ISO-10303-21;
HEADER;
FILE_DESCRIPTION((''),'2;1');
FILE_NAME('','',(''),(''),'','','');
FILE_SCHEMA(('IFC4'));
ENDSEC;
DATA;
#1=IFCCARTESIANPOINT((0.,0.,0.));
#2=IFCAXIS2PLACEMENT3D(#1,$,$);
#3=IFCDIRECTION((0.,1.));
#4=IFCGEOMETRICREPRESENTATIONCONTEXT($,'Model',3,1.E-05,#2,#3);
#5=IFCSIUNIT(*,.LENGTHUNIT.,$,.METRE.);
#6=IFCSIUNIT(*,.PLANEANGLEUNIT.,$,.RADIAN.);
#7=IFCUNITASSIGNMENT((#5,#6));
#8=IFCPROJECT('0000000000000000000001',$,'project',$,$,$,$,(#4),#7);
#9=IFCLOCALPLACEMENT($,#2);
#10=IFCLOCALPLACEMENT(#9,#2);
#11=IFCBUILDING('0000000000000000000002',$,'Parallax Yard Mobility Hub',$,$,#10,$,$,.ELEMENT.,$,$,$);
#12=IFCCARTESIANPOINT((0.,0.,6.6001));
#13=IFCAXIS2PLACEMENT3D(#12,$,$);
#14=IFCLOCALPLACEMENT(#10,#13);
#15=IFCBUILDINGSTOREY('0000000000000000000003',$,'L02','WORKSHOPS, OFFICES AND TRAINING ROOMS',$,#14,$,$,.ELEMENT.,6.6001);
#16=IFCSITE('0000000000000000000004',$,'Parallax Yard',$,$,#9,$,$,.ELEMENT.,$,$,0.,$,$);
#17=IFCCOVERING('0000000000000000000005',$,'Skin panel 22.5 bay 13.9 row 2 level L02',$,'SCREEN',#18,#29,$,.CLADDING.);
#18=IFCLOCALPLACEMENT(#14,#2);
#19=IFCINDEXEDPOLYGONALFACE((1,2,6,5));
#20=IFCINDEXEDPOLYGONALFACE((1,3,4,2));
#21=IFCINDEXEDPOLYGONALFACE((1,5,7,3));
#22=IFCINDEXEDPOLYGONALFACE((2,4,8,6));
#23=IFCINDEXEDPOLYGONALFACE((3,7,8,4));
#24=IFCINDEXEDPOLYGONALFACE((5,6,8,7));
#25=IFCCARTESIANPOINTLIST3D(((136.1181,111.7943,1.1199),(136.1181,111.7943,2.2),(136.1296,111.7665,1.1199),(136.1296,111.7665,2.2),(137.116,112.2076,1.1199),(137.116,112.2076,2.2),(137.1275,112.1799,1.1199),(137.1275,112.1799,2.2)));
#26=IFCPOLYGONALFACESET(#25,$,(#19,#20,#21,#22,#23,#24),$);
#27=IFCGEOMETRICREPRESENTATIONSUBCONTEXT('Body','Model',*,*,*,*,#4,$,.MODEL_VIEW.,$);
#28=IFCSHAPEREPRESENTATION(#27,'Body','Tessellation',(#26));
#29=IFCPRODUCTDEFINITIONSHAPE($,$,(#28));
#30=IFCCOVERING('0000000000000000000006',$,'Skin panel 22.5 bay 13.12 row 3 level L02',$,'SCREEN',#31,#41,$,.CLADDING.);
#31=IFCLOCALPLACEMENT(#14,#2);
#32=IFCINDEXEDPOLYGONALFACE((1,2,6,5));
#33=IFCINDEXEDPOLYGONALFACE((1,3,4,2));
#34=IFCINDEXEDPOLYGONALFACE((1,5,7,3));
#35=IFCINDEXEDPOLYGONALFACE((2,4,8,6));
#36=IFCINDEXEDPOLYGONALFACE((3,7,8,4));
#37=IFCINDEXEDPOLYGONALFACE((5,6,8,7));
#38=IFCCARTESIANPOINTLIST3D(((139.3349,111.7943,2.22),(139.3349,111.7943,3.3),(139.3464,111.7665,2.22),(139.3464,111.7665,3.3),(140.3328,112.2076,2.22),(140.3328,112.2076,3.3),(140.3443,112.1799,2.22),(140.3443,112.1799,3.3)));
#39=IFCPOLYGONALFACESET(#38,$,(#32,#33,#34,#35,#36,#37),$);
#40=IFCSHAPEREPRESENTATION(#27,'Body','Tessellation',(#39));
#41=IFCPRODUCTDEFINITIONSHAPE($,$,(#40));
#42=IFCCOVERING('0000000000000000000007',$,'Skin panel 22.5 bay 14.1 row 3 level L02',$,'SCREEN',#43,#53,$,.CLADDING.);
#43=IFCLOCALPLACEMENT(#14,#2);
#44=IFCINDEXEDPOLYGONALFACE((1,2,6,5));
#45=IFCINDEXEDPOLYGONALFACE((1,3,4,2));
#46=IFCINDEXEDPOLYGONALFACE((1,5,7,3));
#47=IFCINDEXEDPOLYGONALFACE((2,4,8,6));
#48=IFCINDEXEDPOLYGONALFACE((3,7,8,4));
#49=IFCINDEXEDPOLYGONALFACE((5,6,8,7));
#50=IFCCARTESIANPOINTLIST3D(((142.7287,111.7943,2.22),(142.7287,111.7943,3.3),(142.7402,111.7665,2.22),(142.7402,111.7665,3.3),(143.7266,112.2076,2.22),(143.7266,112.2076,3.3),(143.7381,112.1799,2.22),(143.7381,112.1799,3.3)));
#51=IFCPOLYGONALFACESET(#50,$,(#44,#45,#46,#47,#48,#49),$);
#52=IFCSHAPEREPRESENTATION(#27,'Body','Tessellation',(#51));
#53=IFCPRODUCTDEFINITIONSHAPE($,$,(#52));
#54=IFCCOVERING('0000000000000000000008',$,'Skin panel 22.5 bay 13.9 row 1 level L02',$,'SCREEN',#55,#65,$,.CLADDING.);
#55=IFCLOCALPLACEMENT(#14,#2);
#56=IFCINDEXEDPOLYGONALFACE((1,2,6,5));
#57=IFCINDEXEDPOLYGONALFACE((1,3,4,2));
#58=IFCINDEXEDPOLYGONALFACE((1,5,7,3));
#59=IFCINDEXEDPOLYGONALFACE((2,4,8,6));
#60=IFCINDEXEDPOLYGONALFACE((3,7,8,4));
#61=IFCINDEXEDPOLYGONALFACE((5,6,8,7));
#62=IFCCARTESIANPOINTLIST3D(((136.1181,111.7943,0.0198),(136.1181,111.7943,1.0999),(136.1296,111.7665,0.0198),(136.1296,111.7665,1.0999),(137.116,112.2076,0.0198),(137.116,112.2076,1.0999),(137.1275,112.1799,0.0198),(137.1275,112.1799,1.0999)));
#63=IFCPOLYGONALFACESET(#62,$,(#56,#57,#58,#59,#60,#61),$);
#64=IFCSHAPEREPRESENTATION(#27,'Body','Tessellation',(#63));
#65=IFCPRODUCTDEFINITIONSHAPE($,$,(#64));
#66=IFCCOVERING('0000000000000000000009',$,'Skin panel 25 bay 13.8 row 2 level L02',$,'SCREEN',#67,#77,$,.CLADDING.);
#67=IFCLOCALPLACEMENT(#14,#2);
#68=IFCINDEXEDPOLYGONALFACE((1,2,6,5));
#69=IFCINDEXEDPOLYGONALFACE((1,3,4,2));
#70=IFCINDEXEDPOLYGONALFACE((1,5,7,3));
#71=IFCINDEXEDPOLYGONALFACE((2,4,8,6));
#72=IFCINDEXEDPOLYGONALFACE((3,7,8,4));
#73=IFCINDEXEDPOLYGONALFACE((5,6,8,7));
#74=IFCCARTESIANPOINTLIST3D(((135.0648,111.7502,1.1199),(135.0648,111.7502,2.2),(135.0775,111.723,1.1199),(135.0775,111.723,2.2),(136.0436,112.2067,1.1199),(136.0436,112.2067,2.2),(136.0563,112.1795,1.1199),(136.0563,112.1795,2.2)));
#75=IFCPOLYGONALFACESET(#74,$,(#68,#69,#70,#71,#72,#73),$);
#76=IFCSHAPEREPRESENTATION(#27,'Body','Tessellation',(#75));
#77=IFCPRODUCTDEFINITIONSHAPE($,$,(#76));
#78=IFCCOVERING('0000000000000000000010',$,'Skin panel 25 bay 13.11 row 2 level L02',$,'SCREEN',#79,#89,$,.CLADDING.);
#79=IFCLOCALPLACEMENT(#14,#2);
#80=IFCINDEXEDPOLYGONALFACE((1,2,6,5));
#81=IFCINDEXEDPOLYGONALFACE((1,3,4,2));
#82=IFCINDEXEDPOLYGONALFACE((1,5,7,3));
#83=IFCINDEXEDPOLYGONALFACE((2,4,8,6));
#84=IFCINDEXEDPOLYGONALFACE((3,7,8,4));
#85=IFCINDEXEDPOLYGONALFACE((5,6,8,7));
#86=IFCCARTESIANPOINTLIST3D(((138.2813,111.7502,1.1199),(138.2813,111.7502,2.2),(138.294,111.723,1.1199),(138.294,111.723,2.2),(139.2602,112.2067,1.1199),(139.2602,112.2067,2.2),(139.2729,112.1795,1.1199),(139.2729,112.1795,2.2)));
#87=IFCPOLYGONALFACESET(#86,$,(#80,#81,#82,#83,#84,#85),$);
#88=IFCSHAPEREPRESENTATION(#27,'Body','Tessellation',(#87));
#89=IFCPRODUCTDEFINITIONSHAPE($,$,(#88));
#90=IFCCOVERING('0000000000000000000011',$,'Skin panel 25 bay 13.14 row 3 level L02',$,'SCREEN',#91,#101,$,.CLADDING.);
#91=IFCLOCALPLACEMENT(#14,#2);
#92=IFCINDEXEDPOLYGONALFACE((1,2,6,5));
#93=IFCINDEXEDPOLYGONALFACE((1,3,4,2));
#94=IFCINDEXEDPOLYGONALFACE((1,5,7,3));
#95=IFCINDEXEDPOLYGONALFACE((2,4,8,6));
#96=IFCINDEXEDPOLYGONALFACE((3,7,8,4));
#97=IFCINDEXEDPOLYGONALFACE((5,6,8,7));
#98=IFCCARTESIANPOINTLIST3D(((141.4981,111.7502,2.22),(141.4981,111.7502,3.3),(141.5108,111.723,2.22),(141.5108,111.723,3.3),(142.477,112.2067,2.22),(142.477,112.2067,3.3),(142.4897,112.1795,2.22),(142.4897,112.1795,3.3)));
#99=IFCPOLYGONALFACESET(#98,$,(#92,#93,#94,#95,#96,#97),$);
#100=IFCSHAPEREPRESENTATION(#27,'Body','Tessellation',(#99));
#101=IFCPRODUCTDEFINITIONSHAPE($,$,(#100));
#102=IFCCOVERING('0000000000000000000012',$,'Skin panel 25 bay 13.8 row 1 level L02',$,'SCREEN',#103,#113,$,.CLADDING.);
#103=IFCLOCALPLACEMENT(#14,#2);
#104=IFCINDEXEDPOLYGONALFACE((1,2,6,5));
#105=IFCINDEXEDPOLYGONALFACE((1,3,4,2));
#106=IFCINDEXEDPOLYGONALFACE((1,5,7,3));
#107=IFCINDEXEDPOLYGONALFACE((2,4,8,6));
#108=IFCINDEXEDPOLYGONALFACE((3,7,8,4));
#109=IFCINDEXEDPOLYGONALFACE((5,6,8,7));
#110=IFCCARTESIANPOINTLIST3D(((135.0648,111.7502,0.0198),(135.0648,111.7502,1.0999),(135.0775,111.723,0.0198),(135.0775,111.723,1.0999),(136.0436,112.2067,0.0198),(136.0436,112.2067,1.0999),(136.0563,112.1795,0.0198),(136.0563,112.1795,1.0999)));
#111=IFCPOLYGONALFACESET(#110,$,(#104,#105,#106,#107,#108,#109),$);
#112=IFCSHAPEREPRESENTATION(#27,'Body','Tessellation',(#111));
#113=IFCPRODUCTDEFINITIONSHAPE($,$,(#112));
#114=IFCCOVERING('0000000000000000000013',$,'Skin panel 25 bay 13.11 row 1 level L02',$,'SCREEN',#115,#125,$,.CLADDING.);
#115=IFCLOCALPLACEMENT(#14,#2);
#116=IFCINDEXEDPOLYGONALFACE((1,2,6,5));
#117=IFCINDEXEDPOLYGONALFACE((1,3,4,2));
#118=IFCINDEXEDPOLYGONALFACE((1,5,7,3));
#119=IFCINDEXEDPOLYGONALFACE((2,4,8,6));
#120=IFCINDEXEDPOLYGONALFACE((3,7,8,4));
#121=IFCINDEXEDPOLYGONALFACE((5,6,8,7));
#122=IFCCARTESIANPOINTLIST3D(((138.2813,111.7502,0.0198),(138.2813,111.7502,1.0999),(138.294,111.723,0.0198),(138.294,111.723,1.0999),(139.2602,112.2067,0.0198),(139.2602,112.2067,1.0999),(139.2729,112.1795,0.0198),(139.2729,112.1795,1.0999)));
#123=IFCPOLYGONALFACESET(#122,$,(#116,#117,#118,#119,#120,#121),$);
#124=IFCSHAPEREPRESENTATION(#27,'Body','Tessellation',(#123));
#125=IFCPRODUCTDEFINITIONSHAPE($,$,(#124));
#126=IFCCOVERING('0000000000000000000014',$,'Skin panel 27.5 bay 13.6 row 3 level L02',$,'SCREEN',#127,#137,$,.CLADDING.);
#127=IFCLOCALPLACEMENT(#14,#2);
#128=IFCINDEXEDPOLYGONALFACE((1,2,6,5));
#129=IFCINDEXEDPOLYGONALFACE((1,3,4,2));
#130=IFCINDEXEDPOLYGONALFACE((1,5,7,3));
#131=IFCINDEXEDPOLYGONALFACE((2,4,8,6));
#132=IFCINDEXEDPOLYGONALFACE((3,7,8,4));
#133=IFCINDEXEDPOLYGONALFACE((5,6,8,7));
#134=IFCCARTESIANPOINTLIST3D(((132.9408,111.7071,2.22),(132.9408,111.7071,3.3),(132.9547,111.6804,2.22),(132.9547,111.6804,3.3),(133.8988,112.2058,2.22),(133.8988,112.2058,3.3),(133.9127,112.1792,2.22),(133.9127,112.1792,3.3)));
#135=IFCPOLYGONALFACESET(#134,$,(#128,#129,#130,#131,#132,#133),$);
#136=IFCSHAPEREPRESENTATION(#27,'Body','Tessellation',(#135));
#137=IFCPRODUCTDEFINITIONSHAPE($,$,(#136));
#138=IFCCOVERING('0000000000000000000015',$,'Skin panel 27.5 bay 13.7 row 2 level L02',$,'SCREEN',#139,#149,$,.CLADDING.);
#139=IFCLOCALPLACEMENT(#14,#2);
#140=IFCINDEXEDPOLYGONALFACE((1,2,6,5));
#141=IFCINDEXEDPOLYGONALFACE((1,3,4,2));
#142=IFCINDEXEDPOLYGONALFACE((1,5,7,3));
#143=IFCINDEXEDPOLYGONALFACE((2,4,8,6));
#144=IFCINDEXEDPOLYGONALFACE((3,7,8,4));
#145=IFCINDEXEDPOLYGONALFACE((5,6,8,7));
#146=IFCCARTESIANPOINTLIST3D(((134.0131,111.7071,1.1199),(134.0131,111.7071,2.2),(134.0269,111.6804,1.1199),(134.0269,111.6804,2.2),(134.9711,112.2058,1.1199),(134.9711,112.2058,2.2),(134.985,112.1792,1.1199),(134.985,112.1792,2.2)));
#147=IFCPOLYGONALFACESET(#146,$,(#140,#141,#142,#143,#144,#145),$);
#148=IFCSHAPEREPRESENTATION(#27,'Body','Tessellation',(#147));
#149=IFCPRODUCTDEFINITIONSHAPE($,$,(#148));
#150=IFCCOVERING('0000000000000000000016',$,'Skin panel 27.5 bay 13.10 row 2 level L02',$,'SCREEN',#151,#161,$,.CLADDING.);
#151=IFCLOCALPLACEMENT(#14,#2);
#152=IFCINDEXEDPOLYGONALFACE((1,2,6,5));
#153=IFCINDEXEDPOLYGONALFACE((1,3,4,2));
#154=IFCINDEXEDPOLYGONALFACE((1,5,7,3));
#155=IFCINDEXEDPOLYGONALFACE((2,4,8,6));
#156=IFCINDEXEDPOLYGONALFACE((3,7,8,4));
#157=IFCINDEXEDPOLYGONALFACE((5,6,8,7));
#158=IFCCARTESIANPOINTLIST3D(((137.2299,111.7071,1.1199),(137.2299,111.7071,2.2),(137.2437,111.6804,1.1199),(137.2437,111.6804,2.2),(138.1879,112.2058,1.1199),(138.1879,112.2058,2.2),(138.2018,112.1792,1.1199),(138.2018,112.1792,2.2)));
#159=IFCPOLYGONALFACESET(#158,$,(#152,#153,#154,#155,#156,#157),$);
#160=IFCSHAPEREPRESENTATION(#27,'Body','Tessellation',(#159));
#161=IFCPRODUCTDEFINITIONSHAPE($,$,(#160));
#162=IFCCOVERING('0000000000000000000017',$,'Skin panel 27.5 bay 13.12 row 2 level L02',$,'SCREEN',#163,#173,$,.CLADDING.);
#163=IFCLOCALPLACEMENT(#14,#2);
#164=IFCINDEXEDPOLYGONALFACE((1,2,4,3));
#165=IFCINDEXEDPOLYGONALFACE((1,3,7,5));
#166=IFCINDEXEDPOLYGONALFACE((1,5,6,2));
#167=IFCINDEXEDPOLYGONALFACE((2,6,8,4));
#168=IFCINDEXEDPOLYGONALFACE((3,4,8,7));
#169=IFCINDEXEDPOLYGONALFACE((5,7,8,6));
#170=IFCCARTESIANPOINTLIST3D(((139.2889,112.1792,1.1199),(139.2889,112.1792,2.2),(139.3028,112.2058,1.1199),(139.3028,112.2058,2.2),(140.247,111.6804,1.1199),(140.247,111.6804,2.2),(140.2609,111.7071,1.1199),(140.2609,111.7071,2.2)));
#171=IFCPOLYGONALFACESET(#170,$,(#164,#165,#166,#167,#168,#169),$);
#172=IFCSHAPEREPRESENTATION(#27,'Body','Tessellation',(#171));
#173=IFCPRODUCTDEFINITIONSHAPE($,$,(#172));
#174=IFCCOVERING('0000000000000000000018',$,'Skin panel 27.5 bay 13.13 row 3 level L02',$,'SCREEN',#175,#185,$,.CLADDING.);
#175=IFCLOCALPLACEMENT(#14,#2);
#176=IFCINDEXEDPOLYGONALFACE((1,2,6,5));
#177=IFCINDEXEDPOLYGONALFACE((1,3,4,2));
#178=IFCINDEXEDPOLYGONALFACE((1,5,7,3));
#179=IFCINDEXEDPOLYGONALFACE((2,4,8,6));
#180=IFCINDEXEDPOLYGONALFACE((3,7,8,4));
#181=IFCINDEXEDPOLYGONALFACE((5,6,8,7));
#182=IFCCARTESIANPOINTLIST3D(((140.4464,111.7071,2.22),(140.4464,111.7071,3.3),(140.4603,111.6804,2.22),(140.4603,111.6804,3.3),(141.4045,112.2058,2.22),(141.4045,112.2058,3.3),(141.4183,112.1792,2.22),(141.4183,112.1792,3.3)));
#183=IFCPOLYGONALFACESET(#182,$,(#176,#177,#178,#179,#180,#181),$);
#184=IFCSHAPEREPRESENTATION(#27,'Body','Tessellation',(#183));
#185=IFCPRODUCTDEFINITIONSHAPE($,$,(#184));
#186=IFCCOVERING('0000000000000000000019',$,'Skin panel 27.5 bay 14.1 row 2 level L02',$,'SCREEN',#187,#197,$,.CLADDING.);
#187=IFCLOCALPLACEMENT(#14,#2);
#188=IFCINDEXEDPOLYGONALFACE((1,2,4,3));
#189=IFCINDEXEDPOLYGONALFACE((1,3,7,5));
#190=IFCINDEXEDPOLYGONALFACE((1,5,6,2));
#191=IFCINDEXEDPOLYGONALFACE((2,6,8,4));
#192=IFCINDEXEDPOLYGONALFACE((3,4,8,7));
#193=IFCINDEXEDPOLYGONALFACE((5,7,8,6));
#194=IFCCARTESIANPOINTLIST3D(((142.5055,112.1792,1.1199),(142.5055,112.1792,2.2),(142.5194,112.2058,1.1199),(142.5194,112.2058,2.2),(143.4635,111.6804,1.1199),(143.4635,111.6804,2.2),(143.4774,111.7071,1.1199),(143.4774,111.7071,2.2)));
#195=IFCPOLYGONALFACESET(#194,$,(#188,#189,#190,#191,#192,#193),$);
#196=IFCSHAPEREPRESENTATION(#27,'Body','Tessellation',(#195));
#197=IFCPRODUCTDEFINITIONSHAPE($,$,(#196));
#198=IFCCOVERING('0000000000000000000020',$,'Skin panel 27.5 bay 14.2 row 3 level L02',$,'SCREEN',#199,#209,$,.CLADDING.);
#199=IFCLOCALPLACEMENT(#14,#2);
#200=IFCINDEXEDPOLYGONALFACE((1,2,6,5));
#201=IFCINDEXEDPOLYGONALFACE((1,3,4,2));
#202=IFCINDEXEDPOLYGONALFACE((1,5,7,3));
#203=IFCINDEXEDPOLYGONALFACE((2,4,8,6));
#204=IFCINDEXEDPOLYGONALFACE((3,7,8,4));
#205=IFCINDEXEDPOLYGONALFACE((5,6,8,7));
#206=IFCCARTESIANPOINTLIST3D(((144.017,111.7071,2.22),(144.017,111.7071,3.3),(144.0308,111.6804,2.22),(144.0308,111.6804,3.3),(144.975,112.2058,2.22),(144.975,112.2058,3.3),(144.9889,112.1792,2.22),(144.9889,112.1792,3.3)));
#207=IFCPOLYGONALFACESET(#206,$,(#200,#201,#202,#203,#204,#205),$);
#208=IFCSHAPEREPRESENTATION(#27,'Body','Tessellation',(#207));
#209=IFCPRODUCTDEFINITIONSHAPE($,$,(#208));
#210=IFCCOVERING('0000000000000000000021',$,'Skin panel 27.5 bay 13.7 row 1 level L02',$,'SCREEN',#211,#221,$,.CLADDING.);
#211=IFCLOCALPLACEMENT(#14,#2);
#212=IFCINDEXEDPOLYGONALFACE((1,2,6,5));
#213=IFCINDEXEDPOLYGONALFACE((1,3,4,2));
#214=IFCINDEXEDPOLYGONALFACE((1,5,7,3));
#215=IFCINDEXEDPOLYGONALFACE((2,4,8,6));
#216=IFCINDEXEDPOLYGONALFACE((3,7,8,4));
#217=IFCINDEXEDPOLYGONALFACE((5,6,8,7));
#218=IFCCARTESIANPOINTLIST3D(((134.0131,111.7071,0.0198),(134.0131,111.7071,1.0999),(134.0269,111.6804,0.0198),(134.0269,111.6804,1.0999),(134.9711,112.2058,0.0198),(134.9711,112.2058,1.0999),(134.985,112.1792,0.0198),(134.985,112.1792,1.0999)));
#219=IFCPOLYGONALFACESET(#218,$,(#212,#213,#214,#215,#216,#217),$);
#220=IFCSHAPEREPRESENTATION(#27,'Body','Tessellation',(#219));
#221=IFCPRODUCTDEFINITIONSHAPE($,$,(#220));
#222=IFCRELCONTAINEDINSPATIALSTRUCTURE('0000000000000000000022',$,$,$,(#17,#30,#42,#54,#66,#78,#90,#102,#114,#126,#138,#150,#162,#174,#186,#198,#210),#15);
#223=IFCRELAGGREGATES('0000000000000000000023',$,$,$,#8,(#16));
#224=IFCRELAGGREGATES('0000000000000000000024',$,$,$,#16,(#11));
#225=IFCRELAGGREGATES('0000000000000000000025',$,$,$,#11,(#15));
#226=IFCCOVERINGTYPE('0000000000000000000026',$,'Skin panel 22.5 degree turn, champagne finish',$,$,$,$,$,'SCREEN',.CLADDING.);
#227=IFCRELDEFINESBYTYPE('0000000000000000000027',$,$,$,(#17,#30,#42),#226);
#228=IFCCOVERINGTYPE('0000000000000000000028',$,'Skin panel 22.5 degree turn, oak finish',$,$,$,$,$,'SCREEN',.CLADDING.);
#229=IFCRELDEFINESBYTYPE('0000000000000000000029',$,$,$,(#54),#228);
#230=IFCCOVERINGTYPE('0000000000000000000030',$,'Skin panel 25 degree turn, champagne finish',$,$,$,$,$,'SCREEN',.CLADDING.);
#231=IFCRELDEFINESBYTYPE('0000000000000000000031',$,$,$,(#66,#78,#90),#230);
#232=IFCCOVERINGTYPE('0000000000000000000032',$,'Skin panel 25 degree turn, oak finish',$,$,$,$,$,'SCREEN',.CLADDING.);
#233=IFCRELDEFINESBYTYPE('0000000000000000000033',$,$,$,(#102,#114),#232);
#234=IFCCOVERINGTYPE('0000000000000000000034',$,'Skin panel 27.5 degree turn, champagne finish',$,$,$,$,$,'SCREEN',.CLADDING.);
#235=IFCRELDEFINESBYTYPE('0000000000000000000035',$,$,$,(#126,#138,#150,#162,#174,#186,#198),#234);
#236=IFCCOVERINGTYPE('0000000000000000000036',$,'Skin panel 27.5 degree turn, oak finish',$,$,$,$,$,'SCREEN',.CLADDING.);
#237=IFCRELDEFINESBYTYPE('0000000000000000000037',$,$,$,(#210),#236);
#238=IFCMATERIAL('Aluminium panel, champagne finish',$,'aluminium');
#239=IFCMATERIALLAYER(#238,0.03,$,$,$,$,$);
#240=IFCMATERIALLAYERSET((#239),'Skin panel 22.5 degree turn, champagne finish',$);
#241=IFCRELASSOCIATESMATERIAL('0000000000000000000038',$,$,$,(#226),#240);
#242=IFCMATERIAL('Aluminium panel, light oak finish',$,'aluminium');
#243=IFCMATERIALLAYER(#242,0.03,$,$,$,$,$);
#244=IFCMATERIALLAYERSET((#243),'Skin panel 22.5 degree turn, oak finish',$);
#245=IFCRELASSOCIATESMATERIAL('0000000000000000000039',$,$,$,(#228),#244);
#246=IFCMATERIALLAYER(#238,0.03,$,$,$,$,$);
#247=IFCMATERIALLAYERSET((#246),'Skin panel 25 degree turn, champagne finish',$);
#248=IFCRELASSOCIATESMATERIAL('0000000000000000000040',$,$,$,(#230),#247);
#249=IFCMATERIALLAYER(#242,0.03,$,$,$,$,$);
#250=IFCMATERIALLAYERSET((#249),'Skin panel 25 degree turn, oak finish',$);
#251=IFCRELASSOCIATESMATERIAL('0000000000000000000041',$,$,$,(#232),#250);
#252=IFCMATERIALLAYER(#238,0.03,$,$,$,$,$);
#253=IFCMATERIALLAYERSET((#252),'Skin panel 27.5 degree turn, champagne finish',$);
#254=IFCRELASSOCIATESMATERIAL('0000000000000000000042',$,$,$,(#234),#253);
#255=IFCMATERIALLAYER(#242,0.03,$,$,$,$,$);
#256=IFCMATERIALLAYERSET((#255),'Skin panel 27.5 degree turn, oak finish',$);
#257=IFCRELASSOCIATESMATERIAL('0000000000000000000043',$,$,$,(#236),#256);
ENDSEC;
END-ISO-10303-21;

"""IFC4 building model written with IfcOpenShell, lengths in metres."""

from ifc_helpers import new_model, si_unit, direction, frame, origin, origin_2d, place, context, subcontext, project, spatial, rectangle, extrude, material, layer, layer_set, type_object, element, save


model = new_model("IFC4")

# Units and contexts
model_context = context("Model", 3, precision=1e-05, world=origin(), true_north=direction((0.0, 1.0)))
body_context = subcontext(model_context, "Body", "Model", "MODEL_VIEW")
ifc_project = project(units=[si_unit("LENGTHUNIT", "METRE"), si_unit("PLANEANGLEUNIT", "RADIAN")], contexts=[model_context])

# Site, building, storey
site_placement = place(None, origin())
site = spatial("IfcSite", under=ifc_project, at=site_placement, Name="Parallax Yard", CompositionType="ELEMENT", RefElevation=0.0)
building_placement = place(site_placement, origin())
building = spatial("IfcBuilding", under=site, at=building_placement, Name="Parallax Yard Mobility Hub", CompositionType="ELEMENT")
storey_placement = place(building_placement, frame((0.0, 0.0, 6.6001)))
storey = spatial("IfcBuildingStorey", under=building, at=storey_placement, Name="L02", Description="WORKSHOPS, OFFICES AND TRAINING ROOMS", CompositionType="ELEMENT", Elevation=6.6001)

# Coverings
ifc_material_1 = material(Name="Aluminium panel, champagne finish", Category="aluminium")
ifc_layer_1 = layer(ifc_material_1, 0.03)
ifc_layer_set_1 = layer_set([ifc_layer_1], Name="Skin panel 22.5 degree turn, champagne finish")
covering_type_1 = type_object("IfcCoveringType", Name="Skin panel 22.5 degree turn, champagne finish", ElementType="SCREEN", PredefinedType="CLADDING", material=ifc_layer_set_1)
for number, where, z_axis, x_axis, name in (
    (1, (136.6228, 111.9871, 1.1199), (0.0, 0.0, 1.0), (-0.92388, -0.382683, 0.0), "Skin panel 22.5 bay 13.9 row 2 level L02"),
    (2, (139.8396, 111.9871, 2.22), (0.0, 0.0, 1.0), (-0.92388, -0.382683, 0.0), "Skin panel 22.5 bay 13.12 row 3 level L02"),
    (3, (143.2334, 111.9871, 2.22), (0.0, 0.0, 1.0), (-0.92388, -0.382683, 0.0), "Skin panel 22.5 bay 14.1 row 3 level L02"),
):
    element("IfcCovering", number, at=place(storey_placement, frame(where, z_axis=z_axis, x_axis=x_axis)), inside=storey, type_object=covering_type_1, Name=name, ObjectType="SCREEN", PredefinedType="CLADDING", context=body_context, shape_type="SweptSolid", body=[
        extrude(rectangle(XDim=1.0801, YDim=0.03, at=origin_2d()), origin(), (0.0, 0.0, 1.0), 1.0801),
    ])
ifc_material_2 = material(Name="Aluminium panel, light oak finish", Category="aluminium")
ifc_layer_2 = layer(ifc_material_2, 0.03)
ifc_layer_set_2 = layer_set([ifc_layer_2], Name="Skin panel 22.5 degree turn, oak finish")
covering_type_2 = type_object("IfcCoveringType", Name="Skin panel 22.5 degree turn, oak finish", ElementType="SCREEN", PredefinedType="CLADDING", material=ifc_layer_set_2)
covering_placement = place(storey_placement, frame((136.6228, 111.9871, 0.0198), z_axis=(0.0, 0.0, 1.0), x_axis=(-0.92388, -0.382683, 0.0)))
element("IfcCovering", 4, at=covering_placement, inside=storey, type_object=covering_type_2, Name="Skin panel 22.5 bay 13.9 row 1 level L02", ObjectType="SCREEN", PredefinedType="CLADDING", context=body_context, shape_type="SweptSolid", body=[
    extrude(rectangle(XDim=1.0801, YDim=0.03, at=origin_2d()), origin(), (0.0, 0.0, 1.0), 1.0801),
])
ifc_layer_3 = layer(ifc_material_1, 0.03)
ifc_layer_set_3 = layer_set([ifc_layer_3], Name="Skin panel 25 degree turn, champagne finish")
covering_type_3 = type_object("IfcCoveringType", Name="Skin panel 25 degree turn, champagne finish", ElementType="SCREEN", PredefinedType="CLADDING", material=ifc_layer_set_3)
for number, where, z_axis, x_axis, name in (
    (5, (135.5605, 111.9648, 1.1199), (0.0, 0.0, 1.0), (-0.906308, -0.422618, 0.0), "Skin panel 25 bay 13.8 row 2 level L02"),
    (6, (138.7771, 111.9648, 1.1199), (0.0, 0.0, 1.0), (-0.906308, -0.422618, 0.0), "Skin panel 25 bay 13.11 row 2 level L02"),
    (7, (141.9939, 111.9648, 2.22), (0.0, 0.0, 1.0), (-0.906308, -0.422618, 0.0), "Skin panel 25 bay 13.14 row 3 level L02"),
):
    element("IfcCovering", number, at=place(storey_placement, frame(where, z_axis=z_axis, x_axis=x_axis)), inside=storey, type_object=covering_type_3, Name=name, ObjectType="SCREEN", PredefinedType="CLADDING", context=body_context, shape_type="SweptSolid", body=[
        extrude(rectangle(XDim=1.0801, YDim=0.03, at=origin_2d()), origin(), (0.0, 0.0, 1.0), 1.0801),
    ])
ifc_layer_4 = layer(ifc_material_2, 0.03)
ifc_layer_set_4 = layer_set([ifc_layer_4], Name="Skin panel 25 degree turn, oak finish")
covering_type_4 = type_object("IfcCoveringType", Name="Skin panel 25 degree turn, oak finish", ElementType="SCREEN", PredefinedType="CLADDING", material=ifc_layer_set_4)
for number, where, z_axis, x_axis, name in (
    (8, (135.5605, 111.9648, 0.0198), (0.0, 0.0, 1.0), (-0.906308, -0.422618, 0.0), "Skin panel 25 bay 13.8 row 1 level L02"),
    (9, (138.7771, 111.9648, 0.0198), (0.0, 0.0, 1.0), (-0.906308, -0.422618, 0.0), "Skin panel 25 bay 13.11 row 1 level L02"),
):
    element("IfcCovering", number, at=place(storey_placement, frame(where, z_axis=z_axis, x_axis=x_axis)), inside=storey, type_object=covering_type_4, Name=name, ObjectType="SCREEN", PredefinedType="CLADDING", context=body_context, shape_type="SweptSolid", body=[
        extrude(rectangle(XDim=1.0801, YDim=0.03, at=origin_2d()), origin(), (0.0, 0.0, 1.0), 1.0801),
    ])
ifc_layer_5 = layer(ifc_material_1, 0.03)
ifc_layer_set_5 = layer_set([ifc_layer_5], Name="Skin panel 27.5 degree turn, champagne finish")
covering_type_5 = type_object("IfcCoveringType", Name="Skin panel 27.5 degree turn, champagne finish", ElementType="SCREEN", PredefinedType="CLADDING", material=ifc_layer_set_5)
for number, where, z_axis, x_axis, name in (
    (10, (133.4268, 111.9431, 2.22), (0.0, 0.0, 1.0), (-0.887011, -0.461749, 0.0), "Skin panel 27.5 bay 13.6 row 3 level L02"),
    (11, (134.499, 111.9431, 1.1199), (0.0, 0.0, 1.0), (-0.887011, -0.461749, 0.0), "Skin panel 27.5 bay 13.7 row 2 level L02"),
    (12, (137.7158, 111.9431, 1.1199), (0.0, 0.0, 1.0), (-0.887011, -0.461749, 0.0), "Skin panel 27.5 bay 13.10 row 2 level L02"),
    (13, (139.7749, 111.9431, 1.1199), (0.0, 0.0, 1.0), (0.887011, -0.461749, 0.0), "Skin panel 27.5 bay 13.12 row 2 level L02"),
    (14, (140.9324, 111.9431, 2.22), (0.0, 0.0, 1.0), (-0.887011, -0.461749, 0.0), "Skin panel 27.5 bay 13.13 row 3 level L02"),
    (15, (142.9915, 111.9431, 1.1199), (0.0, 0.0, 1.0), (0.887011, -0.461749, 0.0), "Skin panel 27.5 bay 14.1 row 2 level L02"),
    (16, (144.5029, 111.9431, 2.22), (0.0, 0.0, 1.0), (-0.887011, -0.461749, 0.0), "Skin panel 27.5 bay 14.2 row 3 level L02"),
):
    element("IfcCovering", number, at=place(storey_placement, frame(where, z_axis=z_axis, x_axis=x_axis)), inside=storey, type_object=covering_type_5, Name=name, ObjectType="SCREEN", PredefinedType="CLADDING", context=body_context, shape_type="SweptSolid", body=[
        extrude(rectangle(XDim=1.0801, YDim=0.03, at=origin_2d()), origin(), (0.0, 0.0, 1.0), 1.0801),
    ])
ifc_layer_6 = layer(ifc_material_2, 0.03)
ifc_layer_set_6 = layer_set([ifc_layer_6], Name="Skin panel 27.5 degree turn, oak finish")
covering_type_6 = type_object("IfcCoveringType", Name="Skin panel 27.5 degree turn, oak finish", ElementType="SCREEN", PredefinedType="CLADDING", material=ifc_layer_set_6)
for number, where, z_axis, x_axis, name in (
    (17, (134.499, 111.9431, 0.0198), (0.0, 0.0, 1.0), (-0.887011, -0.461749, 0.0), "Skin panel 27.5 bay 13.7 row 1 level L02"),
):
    element("IfcCovering", number, at=place(storey_placement, frame(where, z_axis=z_axis, x_axis=x_axis)), inside=storey, type_object=covering_type_6, Name=name, ObjectType="SCREEN", PredefinedType="CLADDING", context=body_context, shape_type="SweptSolid", body=[
        extrude(rectangle(XDim=1.0801, YDim=0.03, at=origin_2d()), origin(), (0.0, 0.0, 1.0), 1.0801),
    ])

save(model, "model.ifc")
